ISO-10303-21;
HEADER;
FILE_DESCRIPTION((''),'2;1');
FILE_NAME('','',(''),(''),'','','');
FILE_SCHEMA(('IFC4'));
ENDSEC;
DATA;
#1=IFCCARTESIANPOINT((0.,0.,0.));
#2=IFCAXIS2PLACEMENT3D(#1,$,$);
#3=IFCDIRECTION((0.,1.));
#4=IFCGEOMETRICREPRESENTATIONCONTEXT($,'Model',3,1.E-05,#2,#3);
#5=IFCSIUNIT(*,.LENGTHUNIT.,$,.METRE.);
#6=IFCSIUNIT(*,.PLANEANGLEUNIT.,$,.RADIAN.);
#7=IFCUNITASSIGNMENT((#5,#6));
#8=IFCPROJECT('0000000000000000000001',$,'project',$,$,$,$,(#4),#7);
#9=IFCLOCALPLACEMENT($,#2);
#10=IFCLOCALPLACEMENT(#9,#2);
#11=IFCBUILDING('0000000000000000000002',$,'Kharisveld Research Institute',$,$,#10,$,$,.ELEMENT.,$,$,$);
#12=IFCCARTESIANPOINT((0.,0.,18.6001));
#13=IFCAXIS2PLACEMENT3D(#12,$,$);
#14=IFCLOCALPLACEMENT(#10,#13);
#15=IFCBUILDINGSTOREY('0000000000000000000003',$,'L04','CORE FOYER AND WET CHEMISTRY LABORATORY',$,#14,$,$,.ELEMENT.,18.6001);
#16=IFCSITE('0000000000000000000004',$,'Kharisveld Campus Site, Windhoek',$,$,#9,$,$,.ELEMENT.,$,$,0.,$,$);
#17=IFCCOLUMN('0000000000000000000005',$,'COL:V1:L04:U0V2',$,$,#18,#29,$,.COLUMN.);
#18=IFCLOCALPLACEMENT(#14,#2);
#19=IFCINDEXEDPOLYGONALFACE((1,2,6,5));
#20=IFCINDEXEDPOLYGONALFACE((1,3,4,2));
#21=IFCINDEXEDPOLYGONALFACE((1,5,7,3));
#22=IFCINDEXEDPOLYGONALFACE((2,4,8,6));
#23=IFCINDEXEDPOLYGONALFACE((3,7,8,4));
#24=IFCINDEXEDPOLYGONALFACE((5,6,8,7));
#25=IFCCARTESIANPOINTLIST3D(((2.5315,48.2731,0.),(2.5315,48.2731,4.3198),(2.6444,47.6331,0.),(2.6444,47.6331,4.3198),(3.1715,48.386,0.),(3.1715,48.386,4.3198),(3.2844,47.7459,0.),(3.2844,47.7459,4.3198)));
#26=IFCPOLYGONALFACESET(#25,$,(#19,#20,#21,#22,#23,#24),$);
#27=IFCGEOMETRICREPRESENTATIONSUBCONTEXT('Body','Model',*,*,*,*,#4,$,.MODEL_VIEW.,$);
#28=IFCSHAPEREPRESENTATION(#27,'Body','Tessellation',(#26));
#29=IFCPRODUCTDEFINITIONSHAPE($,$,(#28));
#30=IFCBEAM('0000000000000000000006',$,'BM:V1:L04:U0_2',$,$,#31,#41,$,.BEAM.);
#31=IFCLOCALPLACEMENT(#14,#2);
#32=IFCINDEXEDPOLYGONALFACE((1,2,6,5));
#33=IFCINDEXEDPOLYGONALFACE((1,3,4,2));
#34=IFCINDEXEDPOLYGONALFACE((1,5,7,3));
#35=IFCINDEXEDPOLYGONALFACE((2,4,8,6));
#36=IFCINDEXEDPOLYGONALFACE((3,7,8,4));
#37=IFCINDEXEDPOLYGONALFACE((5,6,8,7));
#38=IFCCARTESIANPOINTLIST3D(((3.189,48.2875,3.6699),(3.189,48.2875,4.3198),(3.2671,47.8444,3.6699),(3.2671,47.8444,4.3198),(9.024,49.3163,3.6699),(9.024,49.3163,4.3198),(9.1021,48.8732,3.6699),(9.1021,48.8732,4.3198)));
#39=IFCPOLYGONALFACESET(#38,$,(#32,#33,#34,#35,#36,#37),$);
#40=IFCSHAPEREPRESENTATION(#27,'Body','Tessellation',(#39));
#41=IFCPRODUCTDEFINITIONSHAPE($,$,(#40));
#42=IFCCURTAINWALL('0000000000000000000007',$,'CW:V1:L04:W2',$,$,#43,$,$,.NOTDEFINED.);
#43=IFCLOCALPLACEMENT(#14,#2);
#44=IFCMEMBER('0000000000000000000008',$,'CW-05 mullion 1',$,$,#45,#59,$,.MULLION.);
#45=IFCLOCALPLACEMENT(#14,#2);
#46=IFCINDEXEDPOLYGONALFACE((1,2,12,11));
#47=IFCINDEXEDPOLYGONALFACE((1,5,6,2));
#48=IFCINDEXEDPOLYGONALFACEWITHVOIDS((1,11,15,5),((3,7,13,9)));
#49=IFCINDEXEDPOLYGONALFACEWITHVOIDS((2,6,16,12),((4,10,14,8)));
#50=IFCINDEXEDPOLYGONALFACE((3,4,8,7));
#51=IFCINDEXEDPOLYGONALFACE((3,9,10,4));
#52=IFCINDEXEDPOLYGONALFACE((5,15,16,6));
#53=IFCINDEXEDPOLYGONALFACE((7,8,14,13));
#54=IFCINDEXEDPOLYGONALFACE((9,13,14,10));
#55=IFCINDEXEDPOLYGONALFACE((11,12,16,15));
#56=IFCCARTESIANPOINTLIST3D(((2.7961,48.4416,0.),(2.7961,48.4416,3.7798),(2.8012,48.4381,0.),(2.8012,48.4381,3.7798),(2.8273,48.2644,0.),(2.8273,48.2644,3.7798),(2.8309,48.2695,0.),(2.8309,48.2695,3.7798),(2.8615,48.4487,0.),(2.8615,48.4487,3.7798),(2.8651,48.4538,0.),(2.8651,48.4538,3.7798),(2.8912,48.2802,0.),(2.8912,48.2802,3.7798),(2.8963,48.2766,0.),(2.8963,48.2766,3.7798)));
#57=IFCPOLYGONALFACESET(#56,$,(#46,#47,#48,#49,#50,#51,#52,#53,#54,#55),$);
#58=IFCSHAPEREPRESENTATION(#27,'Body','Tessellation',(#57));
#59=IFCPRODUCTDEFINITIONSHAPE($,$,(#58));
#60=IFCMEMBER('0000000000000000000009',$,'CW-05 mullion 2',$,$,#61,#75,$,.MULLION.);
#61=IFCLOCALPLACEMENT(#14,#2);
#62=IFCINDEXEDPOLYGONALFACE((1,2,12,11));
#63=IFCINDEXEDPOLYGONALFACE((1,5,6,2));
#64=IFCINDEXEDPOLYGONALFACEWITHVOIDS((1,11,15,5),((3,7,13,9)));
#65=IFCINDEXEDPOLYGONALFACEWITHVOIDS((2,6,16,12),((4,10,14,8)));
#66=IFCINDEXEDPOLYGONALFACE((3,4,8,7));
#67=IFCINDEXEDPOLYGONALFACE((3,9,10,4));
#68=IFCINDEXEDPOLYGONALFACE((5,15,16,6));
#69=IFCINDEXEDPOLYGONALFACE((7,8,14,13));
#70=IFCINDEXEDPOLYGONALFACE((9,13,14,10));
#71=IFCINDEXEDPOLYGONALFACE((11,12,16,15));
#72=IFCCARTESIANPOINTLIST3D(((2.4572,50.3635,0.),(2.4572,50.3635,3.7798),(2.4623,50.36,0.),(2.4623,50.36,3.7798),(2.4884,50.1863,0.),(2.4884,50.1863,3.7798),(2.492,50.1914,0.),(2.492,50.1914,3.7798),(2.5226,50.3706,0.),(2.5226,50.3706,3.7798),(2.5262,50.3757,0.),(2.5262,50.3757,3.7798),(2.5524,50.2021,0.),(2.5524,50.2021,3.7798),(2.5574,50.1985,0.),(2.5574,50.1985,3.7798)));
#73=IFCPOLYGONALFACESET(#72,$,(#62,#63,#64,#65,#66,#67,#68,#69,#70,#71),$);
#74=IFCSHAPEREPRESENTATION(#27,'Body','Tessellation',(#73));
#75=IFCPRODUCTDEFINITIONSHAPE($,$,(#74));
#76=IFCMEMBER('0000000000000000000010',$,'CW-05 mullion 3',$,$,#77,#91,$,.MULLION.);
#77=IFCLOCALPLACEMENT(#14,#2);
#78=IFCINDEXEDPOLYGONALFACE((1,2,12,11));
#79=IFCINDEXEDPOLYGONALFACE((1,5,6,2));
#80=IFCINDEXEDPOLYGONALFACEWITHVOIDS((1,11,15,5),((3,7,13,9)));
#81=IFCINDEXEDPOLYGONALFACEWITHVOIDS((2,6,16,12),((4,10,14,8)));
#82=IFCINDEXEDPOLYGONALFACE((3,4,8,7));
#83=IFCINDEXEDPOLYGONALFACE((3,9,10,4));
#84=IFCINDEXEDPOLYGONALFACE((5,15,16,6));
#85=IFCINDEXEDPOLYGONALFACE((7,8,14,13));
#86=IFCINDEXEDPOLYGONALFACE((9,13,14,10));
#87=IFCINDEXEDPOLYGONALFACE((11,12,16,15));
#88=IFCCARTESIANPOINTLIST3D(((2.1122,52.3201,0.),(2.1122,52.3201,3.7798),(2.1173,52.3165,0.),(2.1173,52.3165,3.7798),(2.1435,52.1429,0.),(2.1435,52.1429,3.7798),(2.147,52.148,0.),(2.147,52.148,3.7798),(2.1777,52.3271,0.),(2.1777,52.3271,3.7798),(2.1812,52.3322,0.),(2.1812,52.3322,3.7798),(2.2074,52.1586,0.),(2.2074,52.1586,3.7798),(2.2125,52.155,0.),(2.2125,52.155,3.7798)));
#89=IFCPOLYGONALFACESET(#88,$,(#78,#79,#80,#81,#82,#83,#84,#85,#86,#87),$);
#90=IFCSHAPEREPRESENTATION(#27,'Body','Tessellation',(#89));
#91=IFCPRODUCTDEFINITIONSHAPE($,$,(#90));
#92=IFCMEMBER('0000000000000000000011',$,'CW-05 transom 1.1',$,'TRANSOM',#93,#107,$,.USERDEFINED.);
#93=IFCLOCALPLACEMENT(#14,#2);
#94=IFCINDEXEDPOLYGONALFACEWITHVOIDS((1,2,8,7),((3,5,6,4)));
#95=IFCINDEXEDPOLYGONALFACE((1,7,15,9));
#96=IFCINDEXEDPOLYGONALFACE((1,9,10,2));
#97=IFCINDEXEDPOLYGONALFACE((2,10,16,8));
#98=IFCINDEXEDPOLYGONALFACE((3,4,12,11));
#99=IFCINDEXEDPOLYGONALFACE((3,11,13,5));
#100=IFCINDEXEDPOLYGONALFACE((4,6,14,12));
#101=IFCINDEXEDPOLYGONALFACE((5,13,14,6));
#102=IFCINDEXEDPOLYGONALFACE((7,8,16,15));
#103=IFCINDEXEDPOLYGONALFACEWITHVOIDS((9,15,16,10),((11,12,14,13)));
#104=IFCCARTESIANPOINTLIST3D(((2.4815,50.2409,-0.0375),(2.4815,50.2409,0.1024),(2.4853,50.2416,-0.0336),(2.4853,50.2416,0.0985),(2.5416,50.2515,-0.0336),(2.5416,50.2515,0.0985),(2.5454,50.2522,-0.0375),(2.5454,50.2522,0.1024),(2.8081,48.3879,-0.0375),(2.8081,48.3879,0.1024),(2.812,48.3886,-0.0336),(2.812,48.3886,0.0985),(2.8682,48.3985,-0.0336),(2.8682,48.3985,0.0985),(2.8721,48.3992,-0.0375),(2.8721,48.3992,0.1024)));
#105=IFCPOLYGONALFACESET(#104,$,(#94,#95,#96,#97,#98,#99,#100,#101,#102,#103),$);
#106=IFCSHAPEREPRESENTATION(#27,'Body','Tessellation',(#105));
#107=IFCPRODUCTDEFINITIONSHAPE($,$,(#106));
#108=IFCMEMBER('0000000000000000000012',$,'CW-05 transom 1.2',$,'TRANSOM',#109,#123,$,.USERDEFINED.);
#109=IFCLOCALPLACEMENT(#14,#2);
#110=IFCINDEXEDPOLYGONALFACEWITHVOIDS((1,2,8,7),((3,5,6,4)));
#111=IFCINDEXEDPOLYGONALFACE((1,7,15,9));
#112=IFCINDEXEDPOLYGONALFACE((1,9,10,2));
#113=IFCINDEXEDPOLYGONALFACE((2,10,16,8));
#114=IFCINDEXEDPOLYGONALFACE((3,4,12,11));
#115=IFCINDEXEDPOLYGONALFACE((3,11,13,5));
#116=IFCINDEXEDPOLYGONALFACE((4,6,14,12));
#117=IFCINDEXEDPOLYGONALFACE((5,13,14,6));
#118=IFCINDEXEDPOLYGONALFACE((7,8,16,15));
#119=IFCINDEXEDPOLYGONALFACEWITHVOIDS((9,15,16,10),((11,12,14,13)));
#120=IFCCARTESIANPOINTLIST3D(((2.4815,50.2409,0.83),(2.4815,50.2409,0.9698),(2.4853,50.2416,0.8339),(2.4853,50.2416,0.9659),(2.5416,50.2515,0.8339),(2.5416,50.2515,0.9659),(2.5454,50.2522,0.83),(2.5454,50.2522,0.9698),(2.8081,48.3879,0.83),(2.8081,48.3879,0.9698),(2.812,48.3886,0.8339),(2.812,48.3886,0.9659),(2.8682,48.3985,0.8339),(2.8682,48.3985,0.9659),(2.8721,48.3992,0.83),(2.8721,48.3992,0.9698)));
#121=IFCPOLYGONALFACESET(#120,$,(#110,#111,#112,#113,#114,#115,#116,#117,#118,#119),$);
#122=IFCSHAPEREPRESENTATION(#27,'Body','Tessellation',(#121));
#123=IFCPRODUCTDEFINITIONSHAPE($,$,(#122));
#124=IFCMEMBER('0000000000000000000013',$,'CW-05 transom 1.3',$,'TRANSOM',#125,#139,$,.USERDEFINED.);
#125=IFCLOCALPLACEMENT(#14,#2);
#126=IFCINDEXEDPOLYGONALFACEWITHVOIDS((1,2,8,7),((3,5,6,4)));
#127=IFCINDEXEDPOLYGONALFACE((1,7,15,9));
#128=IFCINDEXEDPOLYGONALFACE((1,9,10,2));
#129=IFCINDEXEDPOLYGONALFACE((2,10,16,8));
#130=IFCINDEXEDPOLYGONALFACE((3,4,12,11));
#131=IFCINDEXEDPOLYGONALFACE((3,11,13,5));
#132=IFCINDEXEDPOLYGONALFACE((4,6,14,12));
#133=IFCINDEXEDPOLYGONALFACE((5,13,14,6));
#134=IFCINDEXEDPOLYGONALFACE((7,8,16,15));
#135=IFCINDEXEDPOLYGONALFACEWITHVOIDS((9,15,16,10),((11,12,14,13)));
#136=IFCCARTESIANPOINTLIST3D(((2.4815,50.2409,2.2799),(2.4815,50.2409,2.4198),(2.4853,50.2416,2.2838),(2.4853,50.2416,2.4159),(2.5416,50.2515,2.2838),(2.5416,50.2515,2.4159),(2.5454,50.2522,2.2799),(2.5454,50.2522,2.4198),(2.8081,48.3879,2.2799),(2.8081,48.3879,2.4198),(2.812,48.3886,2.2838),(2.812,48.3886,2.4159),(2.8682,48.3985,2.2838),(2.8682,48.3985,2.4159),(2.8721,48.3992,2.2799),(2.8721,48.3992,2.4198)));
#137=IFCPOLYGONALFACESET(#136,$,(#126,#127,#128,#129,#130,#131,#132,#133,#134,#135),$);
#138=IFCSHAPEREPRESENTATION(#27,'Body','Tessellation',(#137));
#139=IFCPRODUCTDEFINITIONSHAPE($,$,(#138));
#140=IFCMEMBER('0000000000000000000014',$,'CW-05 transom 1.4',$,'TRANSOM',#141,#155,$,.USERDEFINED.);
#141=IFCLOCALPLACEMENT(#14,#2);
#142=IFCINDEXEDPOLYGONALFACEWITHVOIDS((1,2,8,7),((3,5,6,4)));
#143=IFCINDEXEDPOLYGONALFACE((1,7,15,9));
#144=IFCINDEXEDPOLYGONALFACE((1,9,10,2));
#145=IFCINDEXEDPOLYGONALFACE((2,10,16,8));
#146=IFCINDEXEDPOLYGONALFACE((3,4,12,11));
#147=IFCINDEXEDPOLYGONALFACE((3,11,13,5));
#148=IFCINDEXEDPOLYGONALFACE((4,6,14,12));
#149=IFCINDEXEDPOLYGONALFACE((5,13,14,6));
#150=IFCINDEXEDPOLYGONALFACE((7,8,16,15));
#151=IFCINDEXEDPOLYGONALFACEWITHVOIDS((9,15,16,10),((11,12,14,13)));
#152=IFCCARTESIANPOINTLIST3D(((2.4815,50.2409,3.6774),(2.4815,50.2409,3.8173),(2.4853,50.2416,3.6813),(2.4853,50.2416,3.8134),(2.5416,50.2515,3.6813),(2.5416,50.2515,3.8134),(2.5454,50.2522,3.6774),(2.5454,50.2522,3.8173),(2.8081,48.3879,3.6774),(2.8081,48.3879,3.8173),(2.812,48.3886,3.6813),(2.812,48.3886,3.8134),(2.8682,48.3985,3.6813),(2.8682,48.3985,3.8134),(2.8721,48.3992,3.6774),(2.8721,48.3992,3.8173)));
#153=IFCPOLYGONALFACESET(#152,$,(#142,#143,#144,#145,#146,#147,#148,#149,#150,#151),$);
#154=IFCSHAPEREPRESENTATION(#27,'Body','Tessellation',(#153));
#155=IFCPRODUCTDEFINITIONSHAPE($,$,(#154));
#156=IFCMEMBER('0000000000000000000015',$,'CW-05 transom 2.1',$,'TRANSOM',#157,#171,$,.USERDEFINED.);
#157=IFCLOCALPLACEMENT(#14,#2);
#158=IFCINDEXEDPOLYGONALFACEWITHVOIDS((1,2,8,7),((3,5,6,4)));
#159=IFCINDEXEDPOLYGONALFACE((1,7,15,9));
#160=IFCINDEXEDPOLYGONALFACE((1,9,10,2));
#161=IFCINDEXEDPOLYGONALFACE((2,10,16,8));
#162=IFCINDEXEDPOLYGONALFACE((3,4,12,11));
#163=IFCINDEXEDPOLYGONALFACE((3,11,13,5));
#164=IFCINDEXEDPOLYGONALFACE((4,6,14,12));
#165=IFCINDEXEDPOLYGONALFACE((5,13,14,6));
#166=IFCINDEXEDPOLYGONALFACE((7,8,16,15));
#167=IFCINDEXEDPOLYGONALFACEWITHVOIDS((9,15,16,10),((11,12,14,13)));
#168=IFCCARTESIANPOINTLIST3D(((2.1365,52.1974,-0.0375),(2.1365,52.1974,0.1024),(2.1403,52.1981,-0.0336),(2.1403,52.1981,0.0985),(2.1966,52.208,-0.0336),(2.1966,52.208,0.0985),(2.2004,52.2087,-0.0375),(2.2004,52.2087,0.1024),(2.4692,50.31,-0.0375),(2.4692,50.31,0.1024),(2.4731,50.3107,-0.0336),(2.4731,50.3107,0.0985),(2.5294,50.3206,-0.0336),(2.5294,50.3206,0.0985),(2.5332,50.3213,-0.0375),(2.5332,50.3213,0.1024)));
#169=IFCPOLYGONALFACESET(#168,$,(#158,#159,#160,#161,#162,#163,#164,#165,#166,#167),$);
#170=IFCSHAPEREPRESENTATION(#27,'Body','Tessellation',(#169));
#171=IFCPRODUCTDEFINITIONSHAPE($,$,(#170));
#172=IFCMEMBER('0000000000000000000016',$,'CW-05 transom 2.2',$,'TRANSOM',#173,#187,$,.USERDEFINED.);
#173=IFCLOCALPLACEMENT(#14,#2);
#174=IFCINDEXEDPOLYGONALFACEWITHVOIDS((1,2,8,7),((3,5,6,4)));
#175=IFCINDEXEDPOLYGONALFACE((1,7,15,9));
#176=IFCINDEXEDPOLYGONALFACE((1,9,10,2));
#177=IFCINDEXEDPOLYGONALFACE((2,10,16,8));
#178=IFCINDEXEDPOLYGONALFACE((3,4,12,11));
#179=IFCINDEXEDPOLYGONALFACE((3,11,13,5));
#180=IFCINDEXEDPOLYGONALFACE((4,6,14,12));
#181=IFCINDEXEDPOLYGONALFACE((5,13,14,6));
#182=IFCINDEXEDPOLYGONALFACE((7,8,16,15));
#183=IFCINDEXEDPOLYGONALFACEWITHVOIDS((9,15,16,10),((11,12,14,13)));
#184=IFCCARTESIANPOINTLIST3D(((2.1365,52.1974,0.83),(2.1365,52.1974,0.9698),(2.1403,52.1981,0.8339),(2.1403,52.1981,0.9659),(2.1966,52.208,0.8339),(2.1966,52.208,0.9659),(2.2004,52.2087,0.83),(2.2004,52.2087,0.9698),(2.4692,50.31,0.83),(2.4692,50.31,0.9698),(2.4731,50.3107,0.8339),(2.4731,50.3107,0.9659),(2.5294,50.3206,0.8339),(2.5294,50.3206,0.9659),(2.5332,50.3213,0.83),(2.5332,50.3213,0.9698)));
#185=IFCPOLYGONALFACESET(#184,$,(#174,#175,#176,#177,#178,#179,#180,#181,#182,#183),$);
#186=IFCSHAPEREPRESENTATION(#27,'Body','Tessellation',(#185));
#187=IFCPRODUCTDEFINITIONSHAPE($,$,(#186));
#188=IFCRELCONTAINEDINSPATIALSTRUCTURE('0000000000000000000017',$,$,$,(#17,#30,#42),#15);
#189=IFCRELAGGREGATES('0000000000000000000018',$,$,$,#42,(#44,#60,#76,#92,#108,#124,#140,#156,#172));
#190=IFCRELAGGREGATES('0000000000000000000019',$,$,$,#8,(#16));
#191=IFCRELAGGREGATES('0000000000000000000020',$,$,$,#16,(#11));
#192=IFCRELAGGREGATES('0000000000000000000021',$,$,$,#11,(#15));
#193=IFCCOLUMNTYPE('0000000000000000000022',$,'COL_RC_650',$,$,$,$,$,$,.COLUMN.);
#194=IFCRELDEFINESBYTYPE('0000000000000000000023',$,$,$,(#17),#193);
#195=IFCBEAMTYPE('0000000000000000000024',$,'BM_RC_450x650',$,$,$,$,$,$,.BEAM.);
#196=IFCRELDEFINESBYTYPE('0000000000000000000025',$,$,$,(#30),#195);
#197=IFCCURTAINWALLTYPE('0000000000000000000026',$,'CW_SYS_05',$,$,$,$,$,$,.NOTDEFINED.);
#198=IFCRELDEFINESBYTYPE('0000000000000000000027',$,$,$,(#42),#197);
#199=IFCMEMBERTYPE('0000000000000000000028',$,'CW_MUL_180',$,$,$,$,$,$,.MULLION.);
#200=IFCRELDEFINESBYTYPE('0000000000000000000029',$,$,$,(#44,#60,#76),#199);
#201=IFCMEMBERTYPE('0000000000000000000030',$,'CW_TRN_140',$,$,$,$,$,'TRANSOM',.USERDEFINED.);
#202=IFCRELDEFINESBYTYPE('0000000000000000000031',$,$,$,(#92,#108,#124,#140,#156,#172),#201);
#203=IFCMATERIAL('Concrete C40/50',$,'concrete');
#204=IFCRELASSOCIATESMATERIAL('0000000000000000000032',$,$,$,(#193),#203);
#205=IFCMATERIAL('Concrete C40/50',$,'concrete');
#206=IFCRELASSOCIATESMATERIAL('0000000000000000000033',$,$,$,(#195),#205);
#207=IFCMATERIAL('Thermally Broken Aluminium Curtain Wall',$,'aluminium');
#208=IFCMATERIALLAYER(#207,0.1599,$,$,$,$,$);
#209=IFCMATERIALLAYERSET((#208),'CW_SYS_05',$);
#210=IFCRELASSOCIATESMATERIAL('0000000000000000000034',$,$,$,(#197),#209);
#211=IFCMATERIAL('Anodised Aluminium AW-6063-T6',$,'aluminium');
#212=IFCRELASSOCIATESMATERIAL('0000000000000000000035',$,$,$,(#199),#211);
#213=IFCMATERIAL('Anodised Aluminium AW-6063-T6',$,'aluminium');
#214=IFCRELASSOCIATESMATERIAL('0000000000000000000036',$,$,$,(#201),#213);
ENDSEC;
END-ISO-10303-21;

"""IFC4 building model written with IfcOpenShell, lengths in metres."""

from ifc_helpers import new_model, si_unit, direction, frame, origin, origin_2d, place, context, subcontext, project, spatial, rectangle, hollow_rectangle, extrude, material, layer, layer_set, material_profile, profile_set, type_object, element, aggregate, save


model = new_model("IFC4")

# Units and contexts
model_context = context("Model", 3, precision=1e-05, world=origin(), true_north=direction((0.0, 1.0)))
body_context = subcontext(model_context, "Body", "Model", "MODEL_VIEW")
ifc_project = project(units=[si_unit("LENGTHUNIT", "METRE"), si_unit("PLANEANGLEUNIT", "RADIAN")], contexts=[model_context])

# Site, building, storey
site_placement = place(None, origin())
site = spatial("IfcSite", under=ifc_project, at=site_placement, Name="Kharisveld Campus Site, Windhoek", CompositionType="ELEMENT", RefElevation=0.0)
building_placement = place(site_placement, origin())
building = spatial("IfcBuilding", under=site, at=building_placement, Name="Kharisveld Research Institute", CompositionType="ELEMENT")
storey_placement = place(building_placement, frame((0.0, 0.0, 18.6001)))
storey = spatial("IfcBuildingStorey", under=building, at=storey_placement, Name="L04", Description="CORE FOYER AND WET CHEMISTRY LABORATORY", CompositionType="ELEMENT", Elevation=18.6001)

# Column
ifc_material_1 = material(Name="Concrete C40/50", Category="concrete")
ifc_material_profile_1 = material_profile(ifc_material_1, rectangle(XDim=0.6499, YDim=0.6499, at=origin_2d()))
ifc_profile_set_1 = profile_set([ifc_material_profile_1], Name="Concrete C40/50")
column_type = type_object("IfcColumnType", Name="COL_RC_650", PredefinedType="COLUMN", material=ifc_profile_set_1)
column_placement = place(storey_placement, frame((2.908, 48.0095, 0.0), z_axis=(0.0, 0.0, 1.0), x_axis=(0.984808, 0.173648, 0.0)))
element("IfcColumn", 1, at=column_placement, inside=storey, type_object=column_type, Name="COL:V1:L04:U0V2", PredefinedType="COLUMN", context=body_context, shape_type="SweptSolid", body=[
    extrude(rectangle(XDim=0.6499, YDim=0.6499, at=origin_2d()), origin(), (0.0, 0.0, 1.0), 4.3198),
])

# Beam
ifc_material_2 = material(Name="Concrete C40/50", Category="concrete")
ifc_material_profile_2 = material_profile(ifc_material_2, rectangle(XDim=0.45, YDim=0.6499, at=origin_2d()))
ifc_profile_set_2 = profile_set([ifc_material_profile_2], Name="Concrete C40/50")
beam_type_1 = type_object("IfcBeamType", Name="BM_RC_450x650", PredefinedType="BEAM", material=ifc_profile_set_2)
beam_1_placement = place(storey_placement, frame((3.228, 48.0659, 3.9949), z_axis=(0.984809, 0.17364, 0.0), x_axis=(-0.17364, 0.984809, 0.0)))
element("IfcBeam", 2, at=beam_1_placement, inside=storey, type_object=beam_type_1, Name="BM:V1:L04:U0_2", PredefinedType="BEAM", context=body_context, shape_type="SweptSolid", body=[
    extrude(rectangle(XDim=0.45, YDim=0.6499, at=origin_2d()), origin(), (0.0, 0.0, 1.0), 5.925),
])

# Curtain wall, members
ifc_material_3 = material(Name="Thermally Broken Aluminium Curtain Wall", Category="aluminium")
ifc_layer_1 = layer(ifc_material_3, 0.1599)
ifc_layer_set_1 = layer_set([ifc_layer_1], Name="CW_SYS_05")
curtain_wall_type = type_object("IfcCurtainWallType", Name="CW_SYS_05", PredefinedType="NOTDEFINED", material=ifc_layer_set_1)
curtain_wall_placement = place(storey_placement, origin())
curtain_wall = element("IfcCurtainWall", 3, at=curtain_wall_placement, inside=storey, type_object=curtain_wall_type, Name="CW:V1:L04:W2", PredefinedType="NOTDEFINED")
ifc_material_4 = material(Name="Anodised Aluminium AW-6063-T6", Category="aluminium")
ifc_material_profile_3 = material_profile(ifc_material_4, hollow_rectangle(XDim=0.0701, YDim=0.1799, WallThickness=0.0044, at=origin_2d()))
ifc_profile_set_3 = profile_set([ifc_material_profile_3], Name="Anodised Aluminium AW-6063-T6")
member_type_1 = type_object("IfcMemberType", Name="CW_MUL_180", PredefinedType="MULLION", material=ifc_profile_set_3)
member_1_placement = place(storey_placement, frame((2.8462, 48.3591, 0.0), z_axis=(0.0, 0.0, 1.0), x_axis=(-0.984808, -0.173648, 0.0)))
member_1 = element("IfcMember", 4, at=member_1_placement, type_object=member_type_1, Name="CW-05 mullion 1", PredefinedType="MULLION", context=body_context, shape_type="SweptSolid", body=[
    extrude(hollow_rectangle(XDim=0.0701, YDim=0.1799, WallThickness=0.0044, at=origin_2d()), origin(), (0.0, 0.0, 1.0), 3.7798),
])
member_2_placement = place(storey_placement, frame((2.5073, 50.281, 0.0), z_axis=(0.0, 0.0, 1.0), x_axis=(-0.984808, -0.173648, 0.0)))
member_2 = element("IfcMember", 5, at=member_2_placement, type_object=member_type_1, Name="CW-05 mullion 2", PredefinedType="MULLION", context=body_context, shape_type="SweptSolid", body=[
    extrude(hollow_rectangle(XDim=0.0701, YDim=0.1799, WallThickness=0.0044, at=origin_2d()), origin(), (0.0, 0.0, 1.0), 3.7798),
])
member_3_placement = place(storey_placement, frame((2.1624, 52.2375, 0.0), z_axis=(0.0, 0.0, 1.0), x_axis=(-0.984808, -0.173648, 0.0)))
member_3 = element("IfcMember", 6, at=member_3_placement, type_object=member_type_1, Name="CW-05 mullion 3", PredefinedType="MULLION", context=body_context, shape_type="SweptSolid", body=[
    extrude(hollow_rectangle(XDim=0.0701, YDim=0.1799, WallThickness=0.0044, at=origin_2d()), origin(), (0.0, 0.0, 1.0), 3.7798),
])
ifc_material_5 = material(Name="Anodised Aluminium AW-6063-T6", Category="aluminium")
ifc_material_profile_4 = material_profile(ifc_material_5, hollow_rectangle(XDim=0.0649, YDim=0.1399, WallThickness=0.0039, at=origin_2d()))
ifc_profile_set_4 = profile_set([ifc_material_profile_4], Name="Anodised Aluminium AW-6063-T6")
member_type_2 = type_object("IfcMemberType", Name="CW_TRN_140", ElementType="TRANSOM", PredefinedType="USERDEFINED", material=ifc_profile_set_4)
member_4_placement = place(storey_placement, frame((2.8401, 48.3936, 0.0325), z_axis=(-0.173608, 0.984815, 0.0), x_axis=(-0.984815, -0.173608, 0.0)))
member_4 = element("IfcMember", 7, at=member_4_placement, type_object=member_type_2, Name="CW-05 transom 1.1", ObjectType="TRANSOM", PredefinedType="USERDEFINED", context=body_context, shape_type="SweptSolid", body=[
    extrude(hollow_rectangle(XDim=0.0649, YDim=0.1399, WallThickness=0.0039, at=origin_2d()), origin(), (0.0, 0.0, 1.0), 1.8816),
])
member_5_placement = place(storey_placement, frame((2.8401, 48.3936, 0.8999), z_axis=(-0.173608, 0.984815, 0.0), x_axis=(-0.984815, -0.173608, 0.0)))
member_5 = element("IfcMember", 8, at=member_5_placement, type_object=member_type_2, Name="CW-05 transom 1.2", ObjectType="TRANSOM", PredefinedType="USERDEFINED", context=body_context, shape_type="SweptSolid", body=[
    extrude(hollow_rectangle(XDim=0.0649, YDim=0.1399, WallThickness=0.0039, at=origin_2d()), origin(), (0.0, 0.0, 1.0), 1.8816),
])
member_6_placement = place(storey_placement, frame((2.8401, 48.3936, 2.3499), z_axis=(-0.173608, 0.984815, 0.0), x_axis=(-0.984815, -0.173608, 0.0)))
member_6 = element("IfcMember", 9, at=member_6_placement, type_object=member_type_2, Name="CW-05 transom 1.3", ObjectType="TRANSOM", PredefinedType="USERDEFINED", context=body_context, shape_type="SweptSolid", body=[
    extrude(hollow_rectangle(XDim=0.0649, YDim=0.1399, WallThickness=0.0039, at=origin_2d()), origin(), (0.0, 0.0, 1.0), 1.8816),
])
member_7_placement = place(storey_placement, frame((2.8401, 48.3936, 3.7473), z_axis=(-0.173608, 0.984815, 0.0), x_axis=(-0.984815, -0.173608, 0.0)))
member_7 = element("IfcMember", 10, at=member_7_placement, type_object=member_type_2, Name="CW-05 transom 1.4", ObjectType="TRANSOM", PredefinedType="USERDEFINED", context=body_context, shape_type="SweptSolid", body=[
    extrude(hollow_rectangle(XDim=0.0649, YDim=0.1399, WallThickness=0.0039, at=origin_2d()), origin(), (0.0, 0.0, 1.0), 1.8816),
])
member_8_placement = place(storey_placement, frame((2.5012, 50.3157, 0.0325), z_axis=(-0.173625, 0.984812, 0.0), x_axis=(-0.984812, -0.173625, 0.0)))
member_8 = element("IfcMember", 11, at=member_8_placement, type_object=member_type_2, Name="CW-05 transom 2.1", ObjectType="TRANSOM", PredefinedType="USERDEFINED", context=body_context, shape_type="SweptSolid", body=[
    extrude(hollow_rectangle(XDim=0.0649, YDim=0.1399, WallThickness=0.0039, at=origin_2d()), origin(), (0.0, 0.0, 1.0), 1.9165),
])
member_9_placement = place(storey_placement, frame((2.5012, 50.3157, 0.8999), z_axis=(-0.173625, 0.984812, 0.0), x_axis=(-0.984812, -0.173625, 0.0)))
member_9 = element("IfcMember", 12, at=member_9_placement, type_object=member_type_2, Name="CW-05 transom 2.2", ObjectType="TRANSOM", PredefinedType="USERDEFINED", context=body_context, shape_type="SweptSolid", body=[
    extrude(hollow_rectangle(XDim=0.0649, YDim=0.1399, WallThickness=0.0039, at=origin_2d()), origin(), (0.0, 0.0, 1.0), 1.9165),
])

aggregate(curtain_wall, [member_1, member_2, member_3, member_4, member_5, member_6, member_7, member_8, member_9])

save(model, "model.ifc")
